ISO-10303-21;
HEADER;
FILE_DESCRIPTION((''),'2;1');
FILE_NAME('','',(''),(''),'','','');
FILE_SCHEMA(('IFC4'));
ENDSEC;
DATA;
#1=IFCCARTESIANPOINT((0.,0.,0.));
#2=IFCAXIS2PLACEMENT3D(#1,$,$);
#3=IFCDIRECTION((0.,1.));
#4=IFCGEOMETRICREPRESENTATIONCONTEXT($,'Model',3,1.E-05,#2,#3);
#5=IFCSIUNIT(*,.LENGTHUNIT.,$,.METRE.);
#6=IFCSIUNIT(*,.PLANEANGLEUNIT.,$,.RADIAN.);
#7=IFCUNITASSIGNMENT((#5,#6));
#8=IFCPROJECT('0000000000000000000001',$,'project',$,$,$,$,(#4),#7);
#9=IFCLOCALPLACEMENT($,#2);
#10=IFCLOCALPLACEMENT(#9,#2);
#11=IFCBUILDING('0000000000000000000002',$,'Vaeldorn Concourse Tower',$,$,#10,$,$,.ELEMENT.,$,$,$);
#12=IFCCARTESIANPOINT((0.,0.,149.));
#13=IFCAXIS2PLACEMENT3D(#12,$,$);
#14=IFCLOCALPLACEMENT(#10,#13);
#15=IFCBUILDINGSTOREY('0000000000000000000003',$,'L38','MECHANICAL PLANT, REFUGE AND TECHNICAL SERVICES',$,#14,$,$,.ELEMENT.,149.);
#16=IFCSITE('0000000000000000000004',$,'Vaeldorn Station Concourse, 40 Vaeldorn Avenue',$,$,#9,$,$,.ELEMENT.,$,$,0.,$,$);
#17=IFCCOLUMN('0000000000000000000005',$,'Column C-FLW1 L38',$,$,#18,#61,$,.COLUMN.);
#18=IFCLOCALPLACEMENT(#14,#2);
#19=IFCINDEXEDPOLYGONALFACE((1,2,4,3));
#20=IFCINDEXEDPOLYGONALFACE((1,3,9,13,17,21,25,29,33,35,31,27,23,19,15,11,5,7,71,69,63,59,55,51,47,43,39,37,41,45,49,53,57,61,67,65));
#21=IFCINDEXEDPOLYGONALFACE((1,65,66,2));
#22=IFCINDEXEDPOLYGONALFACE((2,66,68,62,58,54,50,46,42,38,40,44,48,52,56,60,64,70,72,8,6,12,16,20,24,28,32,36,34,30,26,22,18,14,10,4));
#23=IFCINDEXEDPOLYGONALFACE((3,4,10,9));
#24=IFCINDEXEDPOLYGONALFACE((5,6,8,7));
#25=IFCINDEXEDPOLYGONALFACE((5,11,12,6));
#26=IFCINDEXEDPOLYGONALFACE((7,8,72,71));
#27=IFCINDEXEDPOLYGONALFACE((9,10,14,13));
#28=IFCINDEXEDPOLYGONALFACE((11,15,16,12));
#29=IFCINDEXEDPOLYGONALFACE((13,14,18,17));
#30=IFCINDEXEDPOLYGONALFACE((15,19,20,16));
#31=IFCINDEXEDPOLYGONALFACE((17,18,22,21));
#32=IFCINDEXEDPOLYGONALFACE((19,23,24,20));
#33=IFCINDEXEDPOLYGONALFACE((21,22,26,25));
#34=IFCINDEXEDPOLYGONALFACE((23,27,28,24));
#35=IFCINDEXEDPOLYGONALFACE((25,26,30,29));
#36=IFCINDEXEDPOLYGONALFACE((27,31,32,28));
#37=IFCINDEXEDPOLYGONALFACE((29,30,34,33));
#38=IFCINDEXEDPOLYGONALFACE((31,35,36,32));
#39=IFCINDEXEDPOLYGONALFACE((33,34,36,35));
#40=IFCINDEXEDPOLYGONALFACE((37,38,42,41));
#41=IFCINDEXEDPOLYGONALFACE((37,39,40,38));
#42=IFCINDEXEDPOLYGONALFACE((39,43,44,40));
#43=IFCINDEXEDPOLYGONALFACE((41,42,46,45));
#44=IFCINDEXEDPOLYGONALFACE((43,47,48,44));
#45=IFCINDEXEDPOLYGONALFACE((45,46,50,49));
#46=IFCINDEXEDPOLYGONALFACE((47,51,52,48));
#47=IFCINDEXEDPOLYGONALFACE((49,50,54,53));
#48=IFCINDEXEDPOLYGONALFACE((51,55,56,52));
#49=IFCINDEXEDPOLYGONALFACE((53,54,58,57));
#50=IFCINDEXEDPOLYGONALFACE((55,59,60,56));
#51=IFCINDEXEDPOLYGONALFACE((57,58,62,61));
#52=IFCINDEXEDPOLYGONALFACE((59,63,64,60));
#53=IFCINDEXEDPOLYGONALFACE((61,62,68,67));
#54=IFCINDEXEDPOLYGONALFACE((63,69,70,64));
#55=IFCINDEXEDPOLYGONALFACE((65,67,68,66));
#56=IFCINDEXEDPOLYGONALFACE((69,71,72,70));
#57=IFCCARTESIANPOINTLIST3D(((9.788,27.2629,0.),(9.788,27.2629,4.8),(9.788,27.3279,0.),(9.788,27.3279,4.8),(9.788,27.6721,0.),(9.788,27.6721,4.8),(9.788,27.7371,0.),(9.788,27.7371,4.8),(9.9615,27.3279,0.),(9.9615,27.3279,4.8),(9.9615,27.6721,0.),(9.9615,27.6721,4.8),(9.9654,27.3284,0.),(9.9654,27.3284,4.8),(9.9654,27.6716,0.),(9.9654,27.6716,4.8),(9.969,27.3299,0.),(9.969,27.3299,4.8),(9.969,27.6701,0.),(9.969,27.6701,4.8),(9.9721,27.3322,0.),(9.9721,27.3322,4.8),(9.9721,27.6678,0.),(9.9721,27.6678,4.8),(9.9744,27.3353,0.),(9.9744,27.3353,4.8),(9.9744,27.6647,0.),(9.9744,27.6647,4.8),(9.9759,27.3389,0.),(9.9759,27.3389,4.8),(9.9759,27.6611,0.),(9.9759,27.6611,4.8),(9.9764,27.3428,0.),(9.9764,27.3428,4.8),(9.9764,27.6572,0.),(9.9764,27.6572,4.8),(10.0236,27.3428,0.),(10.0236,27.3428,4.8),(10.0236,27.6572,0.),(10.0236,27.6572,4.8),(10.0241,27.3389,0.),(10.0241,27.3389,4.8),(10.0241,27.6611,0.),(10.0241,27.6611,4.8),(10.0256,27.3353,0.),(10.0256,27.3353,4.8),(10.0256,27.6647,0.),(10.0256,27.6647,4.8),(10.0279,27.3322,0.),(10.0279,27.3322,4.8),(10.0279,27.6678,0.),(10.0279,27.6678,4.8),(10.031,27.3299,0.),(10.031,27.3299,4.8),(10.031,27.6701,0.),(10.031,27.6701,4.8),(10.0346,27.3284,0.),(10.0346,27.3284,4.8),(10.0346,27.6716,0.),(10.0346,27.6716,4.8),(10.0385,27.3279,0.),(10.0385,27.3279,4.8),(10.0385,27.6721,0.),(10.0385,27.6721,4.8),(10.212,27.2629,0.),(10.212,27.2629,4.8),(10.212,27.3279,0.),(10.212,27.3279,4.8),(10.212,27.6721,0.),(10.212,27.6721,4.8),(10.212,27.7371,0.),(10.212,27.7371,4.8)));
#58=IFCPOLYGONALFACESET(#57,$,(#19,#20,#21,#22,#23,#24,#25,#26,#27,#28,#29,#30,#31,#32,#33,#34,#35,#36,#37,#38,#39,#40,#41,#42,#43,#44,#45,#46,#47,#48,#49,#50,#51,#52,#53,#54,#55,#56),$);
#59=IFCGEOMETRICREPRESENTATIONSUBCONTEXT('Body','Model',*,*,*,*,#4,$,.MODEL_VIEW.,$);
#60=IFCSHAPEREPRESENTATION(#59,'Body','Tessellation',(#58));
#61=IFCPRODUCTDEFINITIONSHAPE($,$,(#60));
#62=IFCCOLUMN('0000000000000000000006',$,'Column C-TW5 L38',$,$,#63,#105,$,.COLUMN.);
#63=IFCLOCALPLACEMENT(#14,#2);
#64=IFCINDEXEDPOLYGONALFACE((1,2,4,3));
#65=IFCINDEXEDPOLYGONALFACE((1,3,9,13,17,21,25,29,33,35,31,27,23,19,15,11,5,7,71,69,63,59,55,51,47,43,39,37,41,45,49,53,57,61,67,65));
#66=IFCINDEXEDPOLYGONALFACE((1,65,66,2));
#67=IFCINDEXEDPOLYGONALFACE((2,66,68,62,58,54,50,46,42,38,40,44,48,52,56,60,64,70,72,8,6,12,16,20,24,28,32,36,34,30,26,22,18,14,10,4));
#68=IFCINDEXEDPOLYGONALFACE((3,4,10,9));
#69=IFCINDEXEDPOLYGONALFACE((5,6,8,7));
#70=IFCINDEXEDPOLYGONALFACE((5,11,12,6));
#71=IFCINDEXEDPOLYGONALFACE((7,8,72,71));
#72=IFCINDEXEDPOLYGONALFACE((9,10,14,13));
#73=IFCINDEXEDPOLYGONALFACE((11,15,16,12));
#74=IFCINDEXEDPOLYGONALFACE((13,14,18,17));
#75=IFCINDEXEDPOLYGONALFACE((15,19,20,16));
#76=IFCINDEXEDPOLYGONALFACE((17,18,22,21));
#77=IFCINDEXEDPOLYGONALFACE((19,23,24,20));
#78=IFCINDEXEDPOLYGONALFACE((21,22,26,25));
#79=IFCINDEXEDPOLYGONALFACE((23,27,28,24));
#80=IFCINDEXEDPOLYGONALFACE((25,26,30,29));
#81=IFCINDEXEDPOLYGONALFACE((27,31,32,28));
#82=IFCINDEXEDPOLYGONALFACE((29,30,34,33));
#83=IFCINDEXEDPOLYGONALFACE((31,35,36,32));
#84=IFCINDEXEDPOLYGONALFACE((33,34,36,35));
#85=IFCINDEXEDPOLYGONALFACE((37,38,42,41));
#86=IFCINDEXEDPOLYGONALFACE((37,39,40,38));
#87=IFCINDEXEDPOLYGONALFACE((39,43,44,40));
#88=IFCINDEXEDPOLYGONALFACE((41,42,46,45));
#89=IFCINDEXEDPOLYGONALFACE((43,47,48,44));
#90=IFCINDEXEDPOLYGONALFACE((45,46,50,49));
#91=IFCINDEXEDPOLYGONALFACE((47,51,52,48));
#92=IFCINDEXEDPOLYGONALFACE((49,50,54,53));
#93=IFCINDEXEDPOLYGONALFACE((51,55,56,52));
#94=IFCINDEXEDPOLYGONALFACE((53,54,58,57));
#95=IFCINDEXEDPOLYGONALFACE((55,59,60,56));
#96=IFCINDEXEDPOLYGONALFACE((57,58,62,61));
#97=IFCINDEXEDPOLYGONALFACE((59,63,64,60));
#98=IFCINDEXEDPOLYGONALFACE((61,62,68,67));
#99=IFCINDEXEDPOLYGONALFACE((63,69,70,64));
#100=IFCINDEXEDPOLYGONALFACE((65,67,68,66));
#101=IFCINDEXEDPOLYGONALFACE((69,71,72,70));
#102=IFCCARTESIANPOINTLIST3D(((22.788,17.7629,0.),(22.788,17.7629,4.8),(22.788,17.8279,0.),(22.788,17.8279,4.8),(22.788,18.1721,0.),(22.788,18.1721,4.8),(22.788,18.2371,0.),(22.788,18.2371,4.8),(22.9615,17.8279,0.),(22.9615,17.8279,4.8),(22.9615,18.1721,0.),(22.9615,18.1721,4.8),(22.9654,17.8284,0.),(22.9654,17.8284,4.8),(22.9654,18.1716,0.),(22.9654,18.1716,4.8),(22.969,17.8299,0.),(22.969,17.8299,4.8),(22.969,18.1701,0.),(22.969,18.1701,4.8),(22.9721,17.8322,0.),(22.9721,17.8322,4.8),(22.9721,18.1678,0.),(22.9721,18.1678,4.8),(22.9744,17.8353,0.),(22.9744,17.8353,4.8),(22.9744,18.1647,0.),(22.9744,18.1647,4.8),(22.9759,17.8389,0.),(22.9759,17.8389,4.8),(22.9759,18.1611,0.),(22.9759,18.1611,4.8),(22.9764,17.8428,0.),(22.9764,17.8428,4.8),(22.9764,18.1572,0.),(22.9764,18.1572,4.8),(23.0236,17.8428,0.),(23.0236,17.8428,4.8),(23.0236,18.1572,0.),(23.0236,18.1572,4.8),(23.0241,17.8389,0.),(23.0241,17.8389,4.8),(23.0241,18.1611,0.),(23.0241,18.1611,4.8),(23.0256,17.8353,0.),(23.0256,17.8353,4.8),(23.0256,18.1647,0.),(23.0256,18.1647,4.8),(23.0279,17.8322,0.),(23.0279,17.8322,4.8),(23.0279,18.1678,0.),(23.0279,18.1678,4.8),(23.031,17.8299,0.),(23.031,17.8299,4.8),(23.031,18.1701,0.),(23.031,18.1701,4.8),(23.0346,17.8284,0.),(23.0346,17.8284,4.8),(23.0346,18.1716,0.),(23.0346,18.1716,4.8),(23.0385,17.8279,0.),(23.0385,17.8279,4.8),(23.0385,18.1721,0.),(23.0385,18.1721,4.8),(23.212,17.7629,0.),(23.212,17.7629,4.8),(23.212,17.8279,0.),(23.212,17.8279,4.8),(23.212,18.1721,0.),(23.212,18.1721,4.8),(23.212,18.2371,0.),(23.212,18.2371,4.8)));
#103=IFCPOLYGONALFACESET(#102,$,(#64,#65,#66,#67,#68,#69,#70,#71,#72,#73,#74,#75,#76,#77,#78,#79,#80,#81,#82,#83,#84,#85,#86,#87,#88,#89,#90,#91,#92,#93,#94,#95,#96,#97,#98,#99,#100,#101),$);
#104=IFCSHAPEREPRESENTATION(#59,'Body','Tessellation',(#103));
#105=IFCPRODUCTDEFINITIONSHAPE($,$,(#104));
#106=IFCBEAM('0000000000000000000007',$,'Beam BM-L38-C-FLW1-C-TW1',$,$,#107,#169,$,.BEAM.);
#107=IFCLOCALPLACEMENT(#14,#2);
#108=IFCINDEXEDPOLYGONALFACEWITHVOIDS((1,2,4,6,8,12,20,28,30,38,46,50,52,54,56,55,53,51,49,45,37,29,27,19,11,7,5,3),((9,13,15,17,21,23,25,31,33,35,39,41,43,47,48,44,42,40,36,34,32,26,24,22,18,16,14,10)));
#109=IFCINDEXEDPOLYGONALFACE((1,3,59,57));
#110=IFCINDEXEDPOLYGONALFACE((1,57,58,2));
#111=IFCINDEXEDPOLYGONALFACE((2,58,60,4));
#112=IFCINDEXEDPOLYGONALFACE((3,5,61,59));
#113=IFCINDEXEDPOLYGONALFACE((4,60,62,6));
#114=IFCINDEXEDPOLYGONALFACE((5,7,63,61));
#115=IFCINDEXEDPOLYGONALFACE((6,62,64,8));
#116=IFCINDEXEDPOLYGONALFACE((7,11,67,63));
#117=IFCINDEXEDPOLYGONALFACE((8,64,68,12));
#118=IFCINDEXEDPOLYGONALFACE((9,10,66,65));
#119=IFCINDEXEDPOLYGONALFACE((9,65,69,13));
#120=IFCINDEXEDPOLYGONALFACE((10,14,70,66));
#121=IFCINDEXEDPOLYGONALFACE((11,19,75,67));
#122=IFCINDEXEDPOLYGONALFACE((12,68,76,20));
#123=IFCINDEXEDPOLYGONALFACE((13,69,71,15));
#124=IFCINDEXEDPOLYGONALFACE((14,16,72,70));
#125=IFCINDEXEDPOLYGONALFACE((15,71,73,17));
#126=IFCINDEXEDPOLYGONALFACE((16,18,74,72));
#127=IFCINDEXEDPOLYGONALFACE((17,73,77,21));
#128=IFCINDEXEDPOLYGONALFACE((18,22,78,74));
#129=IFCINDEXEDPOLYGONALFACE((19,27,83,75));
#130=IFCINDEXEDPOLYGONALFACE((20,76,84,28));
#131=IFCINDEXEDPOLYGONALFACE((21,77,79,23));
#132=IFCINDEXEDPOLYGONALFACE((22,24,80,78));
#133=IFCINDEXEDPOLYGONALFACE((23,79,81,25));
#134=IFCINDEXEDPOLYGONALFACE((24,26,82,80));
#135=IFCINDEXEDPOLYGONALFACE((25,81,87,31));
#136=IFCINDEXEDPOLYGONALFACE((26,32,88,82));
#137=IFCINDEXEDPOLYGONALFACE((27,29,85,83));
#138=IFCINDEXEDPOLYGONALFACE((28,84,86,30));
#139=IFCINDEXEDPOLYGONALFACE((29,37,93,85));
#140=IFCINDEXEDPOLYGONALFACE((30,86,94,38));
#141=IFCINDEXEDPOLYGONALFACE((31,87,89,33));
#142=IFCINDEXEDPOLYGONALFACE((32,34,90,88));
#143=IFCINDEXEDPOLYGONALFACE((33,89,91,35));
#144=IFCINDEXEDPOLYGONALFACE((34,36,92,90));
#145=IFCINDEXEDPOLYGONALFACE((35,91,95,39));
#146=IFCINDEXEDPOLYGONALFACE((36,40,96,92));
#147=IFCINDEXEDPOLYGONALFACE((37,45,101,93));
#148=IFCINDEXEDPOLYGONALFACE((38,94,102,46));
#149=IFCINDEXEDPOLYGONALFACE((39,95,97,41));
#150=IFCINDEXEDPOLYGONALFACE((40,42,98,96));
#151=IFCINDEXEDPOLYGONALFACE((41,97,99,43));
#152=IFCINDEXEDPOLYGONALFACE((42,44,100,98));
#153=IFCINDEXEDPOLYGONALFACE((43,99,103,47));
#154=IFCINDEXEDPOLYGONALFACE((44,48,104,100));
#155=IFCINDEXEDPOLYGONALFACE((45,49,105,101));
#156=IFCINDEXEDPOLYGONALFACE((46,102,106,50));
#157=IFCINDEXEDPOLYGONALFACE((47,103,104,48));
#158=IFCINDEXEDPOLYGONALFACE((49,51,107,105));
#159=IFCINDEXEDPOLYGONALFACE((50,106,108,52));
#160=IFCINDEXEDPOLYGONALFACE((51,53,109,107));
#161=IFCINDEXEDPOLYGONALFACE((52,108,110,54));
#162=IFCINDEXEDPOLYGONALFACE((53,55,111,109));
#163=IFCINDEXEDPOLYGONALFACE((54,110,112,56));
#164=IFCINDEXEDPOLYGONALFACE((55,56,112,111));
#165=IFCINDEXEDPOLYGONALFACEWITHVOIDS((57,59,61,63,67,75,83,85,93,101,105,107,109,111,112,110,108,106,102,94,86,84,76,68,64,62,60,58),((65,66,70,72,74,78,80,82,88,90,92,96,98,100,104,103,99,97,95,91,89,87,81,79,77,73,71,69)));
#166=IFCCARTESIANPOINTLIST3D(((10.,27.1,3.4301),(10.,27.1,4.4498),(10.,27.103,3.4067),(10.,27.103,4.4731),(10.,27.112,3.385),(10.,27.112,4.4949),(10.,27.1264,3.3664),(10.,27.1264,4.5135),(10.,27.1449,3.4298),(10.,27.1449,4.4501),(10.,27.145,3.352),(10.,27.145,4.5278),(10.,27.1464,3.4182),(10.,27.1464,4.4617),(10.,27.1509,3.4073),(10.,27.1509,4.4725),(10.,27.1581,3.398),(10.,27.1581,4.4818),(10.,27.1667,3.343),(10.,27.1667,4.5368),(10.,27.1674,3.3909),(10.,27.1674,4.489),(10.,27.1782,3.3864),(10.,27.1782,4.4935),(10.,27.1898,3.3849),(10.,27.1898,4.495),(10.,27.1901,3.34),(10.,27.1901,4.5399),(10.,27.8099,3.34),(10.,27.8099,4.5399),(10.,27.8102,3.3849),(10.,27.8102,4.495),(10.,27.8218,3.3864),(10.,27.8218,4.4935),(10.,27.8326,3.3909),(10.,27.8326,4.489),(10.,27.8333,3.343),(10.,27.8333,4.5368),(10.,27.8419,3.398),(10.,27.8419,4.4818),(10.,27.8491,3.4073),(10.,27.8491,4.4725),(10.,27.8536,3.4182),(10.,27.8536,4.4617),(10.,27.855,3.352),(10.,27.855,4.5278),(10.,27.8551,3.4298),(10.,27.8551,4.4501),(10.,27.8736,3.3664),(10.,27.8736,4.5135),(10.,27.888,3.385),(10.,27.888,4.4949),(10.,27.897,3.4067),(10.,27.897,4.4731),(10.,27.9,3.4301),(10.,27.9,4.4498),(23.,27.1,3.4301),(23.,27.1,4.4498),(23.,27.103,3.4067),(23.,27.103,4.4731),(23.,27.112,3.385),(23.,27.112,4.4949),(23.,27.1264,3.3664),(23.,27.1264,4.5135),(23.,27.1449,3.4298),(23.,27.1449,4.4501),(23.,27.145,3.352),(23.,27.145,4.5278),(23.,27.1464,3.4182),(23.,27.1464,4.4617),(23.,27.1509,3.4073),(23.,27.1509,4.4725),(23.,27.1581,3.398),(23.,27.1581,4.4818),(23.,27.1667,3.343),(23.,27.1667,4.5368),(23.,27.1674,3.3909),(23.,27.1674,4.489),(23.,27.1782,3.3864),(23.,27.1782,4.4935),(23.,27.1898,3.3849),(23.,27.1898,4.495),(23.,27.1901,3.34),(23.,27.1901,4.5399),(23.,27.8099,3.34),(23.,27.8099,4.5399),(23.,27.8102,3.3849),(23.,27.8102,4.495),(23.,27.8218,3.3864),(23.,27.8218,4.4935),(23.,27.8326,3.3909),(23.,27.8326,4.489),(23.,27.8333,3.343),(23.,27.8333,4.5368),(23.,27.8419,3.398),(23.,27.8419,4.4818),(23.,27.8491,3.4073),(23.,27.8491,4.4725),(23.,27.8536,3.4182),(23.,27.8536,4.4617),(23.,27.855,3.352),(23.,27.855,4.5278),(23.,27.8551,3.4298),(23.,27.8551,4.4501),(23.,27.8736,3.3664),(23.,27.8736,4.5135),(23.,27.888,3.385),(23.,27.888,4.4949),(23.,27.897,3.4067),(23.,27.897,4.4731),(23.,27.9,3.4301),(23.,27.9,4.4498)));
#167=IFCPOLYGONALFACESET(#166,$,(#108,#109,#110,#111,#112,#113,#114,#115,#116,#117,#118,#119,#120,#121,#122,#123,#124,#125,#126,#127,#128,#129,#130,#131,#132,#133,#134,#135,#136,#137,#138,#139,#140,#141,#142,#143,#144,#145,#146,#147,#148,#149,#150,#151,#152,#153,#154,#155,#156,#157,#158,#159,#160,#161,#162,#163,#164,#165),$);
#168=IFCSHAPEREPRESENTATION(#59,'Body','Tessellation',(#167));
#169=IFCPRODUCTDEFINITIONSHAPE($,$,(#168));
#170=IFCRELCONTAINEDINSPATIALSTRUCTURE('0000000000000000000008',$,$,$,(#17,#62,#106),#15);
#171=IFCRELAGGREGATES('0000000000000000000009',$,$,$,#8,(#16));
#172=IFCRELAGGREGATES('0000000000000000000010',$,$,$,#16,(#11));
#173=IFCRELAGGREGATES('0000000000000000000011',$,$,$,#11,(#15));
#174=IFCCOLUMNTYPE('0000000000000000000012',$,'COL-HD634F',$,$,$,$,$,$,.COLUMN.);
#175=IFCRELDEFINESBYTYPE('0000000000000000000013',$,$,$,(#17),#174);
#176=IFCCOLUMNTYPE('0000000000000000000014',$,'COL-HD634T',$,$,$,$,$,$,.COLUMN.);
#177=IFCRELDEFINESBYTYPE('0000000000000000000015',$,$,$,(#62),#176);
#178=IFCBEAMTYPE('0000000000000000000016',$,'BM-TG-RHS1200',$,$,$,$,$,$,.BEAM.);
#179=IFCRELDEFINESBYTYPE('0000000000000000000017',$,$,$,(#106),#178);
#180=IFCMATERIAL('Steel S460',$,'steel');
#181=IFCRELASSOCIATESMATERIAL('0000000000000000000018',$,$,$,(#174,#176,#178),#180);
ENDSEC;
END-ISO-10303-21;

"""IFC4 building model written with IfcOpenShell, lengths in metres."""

from ifc_helpers import new_model, si_unit, direction, frame, origin, origin_2d, place, context, subcontext, project, spatial, hollow_rectangle, i_section, extrude, source, transform, mapped, material, material_profile, profile_set, type_object, element, save


model = new_model("IFC4")

# Units and contexts
model_context = context("Model", 3, precision=1e-05, world=origin(), true_north=direction((0.0, 1.0)))
body_context = subcontext(model_context, "Body", "Model", "MODEL_VIEW")
ifc_project = project(units=[si_unit("LENGTHUNIT", "METRE"), si_unit("PLANEANGLEUNIT", "RADIAN")], contexts=[model_context])

# Site, building, storey
site_placement = place(None, origin())
site = spatial("IfcSite", under=ifc_project, at=site_placement, Name="Vaeldorn Station Concourse, 40 Vaeldorn Avenue", CompositionType="ELEMENT", RefElevation=0.0)
building_placement = place(site_placement, origin())
building = spatial("IfcBuilding", under=site, at=building_placement, Name="Vaeldorn Concourse Tower", CompositionType="ELEMENT")
storey_placement = place(building_placement, frame((0.0, 0.0, 149.0)))
storey = spatial("IfcBuildingStorey", under=building, at=storey_placement, Name="L38", Description="MECHANICAL PLANT, REFUGE AND TECHNICAL SERVICES", CompositionType="ELEMENT", Elevation=149.0)

# Columns
ifc_material_1 = material(Name="Steel S460", Category="steel")
ifc_material_profile_1 = material_profile(ifc_material_1, i_section(OverallWidth=0.4241, OverallDepth=0.4741, WebThickness=0.0471, FlangeThickness=0.0649, FilletRadius=0.0149, at=origin_2d()), Name="HD 400x634")
ifc_profile_set_1 = profile_set([ifc_material_profile_1], Name="Steel S460")
column_type_1 = type_object("IfcColumnType", Name="COL-HD634F", PredefinedType="COLUMN", material=ifc_profile_set_1)
shared_shape_1 = source(origin(), body_context, "Body", "SweptSolid", [
    extrude(i_section(OverallWidth=0.4241, OverallDepth=0.4741, WebThickness=0.0471, FlangeThickness=0.0649, FilletRadius=0.0149, at=origin_2d()), origin(), (0.0, 0.0, 1.0), 4.8),
])
column_1_placement = place(storey_placement, frame((10.0, 27.5, 0.0), z_axis=(0.0, 0.0, 1.0), x_axis=(1.0, 0.0, 0.0)))
element("IfcColumn", 1, at=column_1_placement, inside=storey, type_object=column_type_1, Name="Column C-FLW1 L38", PredefinedType="COLUMN", context=body_context, shape_type="MappedRepresentation", body=[
    mapped(shared_shape_1, transform((0.0, 0.0, 0.0), scale=1.0)),
])
ifc_material_profile_2 = material_profile(ifc_material_1, i_section(OverallWidth=0.4241, OverallDepth=0.4741, WebThickness=0.0471, FlangeThickness=0.0649, FilletRadius=0.0149, at=origin_2d()), Name="HD 400x634")
ifc_profile_set_2 = profile_set([ifc_material_profile_2], Name="Steel S460")
column_type_2 = type_object("IfcColumnType", Name="COL-HD634T", PredefinedType="COLUMN", material=ifc_profile_set_2)
shared_shape_2 = source(origin(), body_context, "Body", "SweptSolid", [
    extrude(i_section(OverallWidth=0.4241, OverallDepth=0.4741, WebThickness=0.0471, FlangeThickness=0.0649, FilletRadius=0.0149, at=origin_2d()), origin(), (0.0, 0.0, 1.0), 4.8),
])
column_2_placement = place(storey_placement, frame((23.0, 18.0, 0.0), z_axis=(0.0, 0.0, 1.0), x_axis=(1.0, 0.0, 0.0)))
element("IfcColumn", 2, at=column_2_placement, inside=storey, type_object=column_type_2, Name="Column C-TW5 L38", PredefinedType="COLUMN", context=body_context, shape_type="MappedRepresentation", body=[
    mapped(shared_shape_2, transform((0.0, 0.0, 0.0), scale=1.0)),
])

# Beam
ifc_material_profile_3 = material_profile(ifc_material_1, hollow_rectangle(XDim=0.8, YDim=1.2, WallThickness=0.0449, InnerFilletRadius=0.0449, OuterFilletRadius=0.0901, at=origin_2d()), Name="RHS 1200x800x45")
ifc_profile_set_3 = profile_set([ifc_material_profile_3], Name="Steel S460")
beam_type_1 = type_object("IfcBeamType", Name="BM-TG-RHS1200", PredefinedType="BEAM", material=ifc_profile_set_3)
shared_shape_3 = source(origin(), body_context, "Body", "SweptSolid", [
    extrude(hollow_rectangle(XDim=0.8, YDim=1.2, WallThickness=0.0449, InnerFilletRadius=0.0449, OuterFilletRadius=0.0901, at=origin_2d()), origin(), (0.0, 0.0, 1.0), 13.0),
])
beam_1_placement = place(storey_placement, frame((10.0, 27.5, 3.9399), z_axis=(1.0, 0.0, 0.0), x_axis=(0.0, 1.0, 0.0)))
element("IfcBeam", 3, at=beam_1_placement, inside=storey, type_object=beam_type_1, Name="Beam BM-L38-C-FLW1-C-TW1", PredefinedType="BEAM", context=body_context, shape_type="MappedRepresentation", body=[
    mapped(shared_shape_3, transform((0.0, 0.0, 0.0), scale=1.0)),
])

save(model, "model.ifc")
